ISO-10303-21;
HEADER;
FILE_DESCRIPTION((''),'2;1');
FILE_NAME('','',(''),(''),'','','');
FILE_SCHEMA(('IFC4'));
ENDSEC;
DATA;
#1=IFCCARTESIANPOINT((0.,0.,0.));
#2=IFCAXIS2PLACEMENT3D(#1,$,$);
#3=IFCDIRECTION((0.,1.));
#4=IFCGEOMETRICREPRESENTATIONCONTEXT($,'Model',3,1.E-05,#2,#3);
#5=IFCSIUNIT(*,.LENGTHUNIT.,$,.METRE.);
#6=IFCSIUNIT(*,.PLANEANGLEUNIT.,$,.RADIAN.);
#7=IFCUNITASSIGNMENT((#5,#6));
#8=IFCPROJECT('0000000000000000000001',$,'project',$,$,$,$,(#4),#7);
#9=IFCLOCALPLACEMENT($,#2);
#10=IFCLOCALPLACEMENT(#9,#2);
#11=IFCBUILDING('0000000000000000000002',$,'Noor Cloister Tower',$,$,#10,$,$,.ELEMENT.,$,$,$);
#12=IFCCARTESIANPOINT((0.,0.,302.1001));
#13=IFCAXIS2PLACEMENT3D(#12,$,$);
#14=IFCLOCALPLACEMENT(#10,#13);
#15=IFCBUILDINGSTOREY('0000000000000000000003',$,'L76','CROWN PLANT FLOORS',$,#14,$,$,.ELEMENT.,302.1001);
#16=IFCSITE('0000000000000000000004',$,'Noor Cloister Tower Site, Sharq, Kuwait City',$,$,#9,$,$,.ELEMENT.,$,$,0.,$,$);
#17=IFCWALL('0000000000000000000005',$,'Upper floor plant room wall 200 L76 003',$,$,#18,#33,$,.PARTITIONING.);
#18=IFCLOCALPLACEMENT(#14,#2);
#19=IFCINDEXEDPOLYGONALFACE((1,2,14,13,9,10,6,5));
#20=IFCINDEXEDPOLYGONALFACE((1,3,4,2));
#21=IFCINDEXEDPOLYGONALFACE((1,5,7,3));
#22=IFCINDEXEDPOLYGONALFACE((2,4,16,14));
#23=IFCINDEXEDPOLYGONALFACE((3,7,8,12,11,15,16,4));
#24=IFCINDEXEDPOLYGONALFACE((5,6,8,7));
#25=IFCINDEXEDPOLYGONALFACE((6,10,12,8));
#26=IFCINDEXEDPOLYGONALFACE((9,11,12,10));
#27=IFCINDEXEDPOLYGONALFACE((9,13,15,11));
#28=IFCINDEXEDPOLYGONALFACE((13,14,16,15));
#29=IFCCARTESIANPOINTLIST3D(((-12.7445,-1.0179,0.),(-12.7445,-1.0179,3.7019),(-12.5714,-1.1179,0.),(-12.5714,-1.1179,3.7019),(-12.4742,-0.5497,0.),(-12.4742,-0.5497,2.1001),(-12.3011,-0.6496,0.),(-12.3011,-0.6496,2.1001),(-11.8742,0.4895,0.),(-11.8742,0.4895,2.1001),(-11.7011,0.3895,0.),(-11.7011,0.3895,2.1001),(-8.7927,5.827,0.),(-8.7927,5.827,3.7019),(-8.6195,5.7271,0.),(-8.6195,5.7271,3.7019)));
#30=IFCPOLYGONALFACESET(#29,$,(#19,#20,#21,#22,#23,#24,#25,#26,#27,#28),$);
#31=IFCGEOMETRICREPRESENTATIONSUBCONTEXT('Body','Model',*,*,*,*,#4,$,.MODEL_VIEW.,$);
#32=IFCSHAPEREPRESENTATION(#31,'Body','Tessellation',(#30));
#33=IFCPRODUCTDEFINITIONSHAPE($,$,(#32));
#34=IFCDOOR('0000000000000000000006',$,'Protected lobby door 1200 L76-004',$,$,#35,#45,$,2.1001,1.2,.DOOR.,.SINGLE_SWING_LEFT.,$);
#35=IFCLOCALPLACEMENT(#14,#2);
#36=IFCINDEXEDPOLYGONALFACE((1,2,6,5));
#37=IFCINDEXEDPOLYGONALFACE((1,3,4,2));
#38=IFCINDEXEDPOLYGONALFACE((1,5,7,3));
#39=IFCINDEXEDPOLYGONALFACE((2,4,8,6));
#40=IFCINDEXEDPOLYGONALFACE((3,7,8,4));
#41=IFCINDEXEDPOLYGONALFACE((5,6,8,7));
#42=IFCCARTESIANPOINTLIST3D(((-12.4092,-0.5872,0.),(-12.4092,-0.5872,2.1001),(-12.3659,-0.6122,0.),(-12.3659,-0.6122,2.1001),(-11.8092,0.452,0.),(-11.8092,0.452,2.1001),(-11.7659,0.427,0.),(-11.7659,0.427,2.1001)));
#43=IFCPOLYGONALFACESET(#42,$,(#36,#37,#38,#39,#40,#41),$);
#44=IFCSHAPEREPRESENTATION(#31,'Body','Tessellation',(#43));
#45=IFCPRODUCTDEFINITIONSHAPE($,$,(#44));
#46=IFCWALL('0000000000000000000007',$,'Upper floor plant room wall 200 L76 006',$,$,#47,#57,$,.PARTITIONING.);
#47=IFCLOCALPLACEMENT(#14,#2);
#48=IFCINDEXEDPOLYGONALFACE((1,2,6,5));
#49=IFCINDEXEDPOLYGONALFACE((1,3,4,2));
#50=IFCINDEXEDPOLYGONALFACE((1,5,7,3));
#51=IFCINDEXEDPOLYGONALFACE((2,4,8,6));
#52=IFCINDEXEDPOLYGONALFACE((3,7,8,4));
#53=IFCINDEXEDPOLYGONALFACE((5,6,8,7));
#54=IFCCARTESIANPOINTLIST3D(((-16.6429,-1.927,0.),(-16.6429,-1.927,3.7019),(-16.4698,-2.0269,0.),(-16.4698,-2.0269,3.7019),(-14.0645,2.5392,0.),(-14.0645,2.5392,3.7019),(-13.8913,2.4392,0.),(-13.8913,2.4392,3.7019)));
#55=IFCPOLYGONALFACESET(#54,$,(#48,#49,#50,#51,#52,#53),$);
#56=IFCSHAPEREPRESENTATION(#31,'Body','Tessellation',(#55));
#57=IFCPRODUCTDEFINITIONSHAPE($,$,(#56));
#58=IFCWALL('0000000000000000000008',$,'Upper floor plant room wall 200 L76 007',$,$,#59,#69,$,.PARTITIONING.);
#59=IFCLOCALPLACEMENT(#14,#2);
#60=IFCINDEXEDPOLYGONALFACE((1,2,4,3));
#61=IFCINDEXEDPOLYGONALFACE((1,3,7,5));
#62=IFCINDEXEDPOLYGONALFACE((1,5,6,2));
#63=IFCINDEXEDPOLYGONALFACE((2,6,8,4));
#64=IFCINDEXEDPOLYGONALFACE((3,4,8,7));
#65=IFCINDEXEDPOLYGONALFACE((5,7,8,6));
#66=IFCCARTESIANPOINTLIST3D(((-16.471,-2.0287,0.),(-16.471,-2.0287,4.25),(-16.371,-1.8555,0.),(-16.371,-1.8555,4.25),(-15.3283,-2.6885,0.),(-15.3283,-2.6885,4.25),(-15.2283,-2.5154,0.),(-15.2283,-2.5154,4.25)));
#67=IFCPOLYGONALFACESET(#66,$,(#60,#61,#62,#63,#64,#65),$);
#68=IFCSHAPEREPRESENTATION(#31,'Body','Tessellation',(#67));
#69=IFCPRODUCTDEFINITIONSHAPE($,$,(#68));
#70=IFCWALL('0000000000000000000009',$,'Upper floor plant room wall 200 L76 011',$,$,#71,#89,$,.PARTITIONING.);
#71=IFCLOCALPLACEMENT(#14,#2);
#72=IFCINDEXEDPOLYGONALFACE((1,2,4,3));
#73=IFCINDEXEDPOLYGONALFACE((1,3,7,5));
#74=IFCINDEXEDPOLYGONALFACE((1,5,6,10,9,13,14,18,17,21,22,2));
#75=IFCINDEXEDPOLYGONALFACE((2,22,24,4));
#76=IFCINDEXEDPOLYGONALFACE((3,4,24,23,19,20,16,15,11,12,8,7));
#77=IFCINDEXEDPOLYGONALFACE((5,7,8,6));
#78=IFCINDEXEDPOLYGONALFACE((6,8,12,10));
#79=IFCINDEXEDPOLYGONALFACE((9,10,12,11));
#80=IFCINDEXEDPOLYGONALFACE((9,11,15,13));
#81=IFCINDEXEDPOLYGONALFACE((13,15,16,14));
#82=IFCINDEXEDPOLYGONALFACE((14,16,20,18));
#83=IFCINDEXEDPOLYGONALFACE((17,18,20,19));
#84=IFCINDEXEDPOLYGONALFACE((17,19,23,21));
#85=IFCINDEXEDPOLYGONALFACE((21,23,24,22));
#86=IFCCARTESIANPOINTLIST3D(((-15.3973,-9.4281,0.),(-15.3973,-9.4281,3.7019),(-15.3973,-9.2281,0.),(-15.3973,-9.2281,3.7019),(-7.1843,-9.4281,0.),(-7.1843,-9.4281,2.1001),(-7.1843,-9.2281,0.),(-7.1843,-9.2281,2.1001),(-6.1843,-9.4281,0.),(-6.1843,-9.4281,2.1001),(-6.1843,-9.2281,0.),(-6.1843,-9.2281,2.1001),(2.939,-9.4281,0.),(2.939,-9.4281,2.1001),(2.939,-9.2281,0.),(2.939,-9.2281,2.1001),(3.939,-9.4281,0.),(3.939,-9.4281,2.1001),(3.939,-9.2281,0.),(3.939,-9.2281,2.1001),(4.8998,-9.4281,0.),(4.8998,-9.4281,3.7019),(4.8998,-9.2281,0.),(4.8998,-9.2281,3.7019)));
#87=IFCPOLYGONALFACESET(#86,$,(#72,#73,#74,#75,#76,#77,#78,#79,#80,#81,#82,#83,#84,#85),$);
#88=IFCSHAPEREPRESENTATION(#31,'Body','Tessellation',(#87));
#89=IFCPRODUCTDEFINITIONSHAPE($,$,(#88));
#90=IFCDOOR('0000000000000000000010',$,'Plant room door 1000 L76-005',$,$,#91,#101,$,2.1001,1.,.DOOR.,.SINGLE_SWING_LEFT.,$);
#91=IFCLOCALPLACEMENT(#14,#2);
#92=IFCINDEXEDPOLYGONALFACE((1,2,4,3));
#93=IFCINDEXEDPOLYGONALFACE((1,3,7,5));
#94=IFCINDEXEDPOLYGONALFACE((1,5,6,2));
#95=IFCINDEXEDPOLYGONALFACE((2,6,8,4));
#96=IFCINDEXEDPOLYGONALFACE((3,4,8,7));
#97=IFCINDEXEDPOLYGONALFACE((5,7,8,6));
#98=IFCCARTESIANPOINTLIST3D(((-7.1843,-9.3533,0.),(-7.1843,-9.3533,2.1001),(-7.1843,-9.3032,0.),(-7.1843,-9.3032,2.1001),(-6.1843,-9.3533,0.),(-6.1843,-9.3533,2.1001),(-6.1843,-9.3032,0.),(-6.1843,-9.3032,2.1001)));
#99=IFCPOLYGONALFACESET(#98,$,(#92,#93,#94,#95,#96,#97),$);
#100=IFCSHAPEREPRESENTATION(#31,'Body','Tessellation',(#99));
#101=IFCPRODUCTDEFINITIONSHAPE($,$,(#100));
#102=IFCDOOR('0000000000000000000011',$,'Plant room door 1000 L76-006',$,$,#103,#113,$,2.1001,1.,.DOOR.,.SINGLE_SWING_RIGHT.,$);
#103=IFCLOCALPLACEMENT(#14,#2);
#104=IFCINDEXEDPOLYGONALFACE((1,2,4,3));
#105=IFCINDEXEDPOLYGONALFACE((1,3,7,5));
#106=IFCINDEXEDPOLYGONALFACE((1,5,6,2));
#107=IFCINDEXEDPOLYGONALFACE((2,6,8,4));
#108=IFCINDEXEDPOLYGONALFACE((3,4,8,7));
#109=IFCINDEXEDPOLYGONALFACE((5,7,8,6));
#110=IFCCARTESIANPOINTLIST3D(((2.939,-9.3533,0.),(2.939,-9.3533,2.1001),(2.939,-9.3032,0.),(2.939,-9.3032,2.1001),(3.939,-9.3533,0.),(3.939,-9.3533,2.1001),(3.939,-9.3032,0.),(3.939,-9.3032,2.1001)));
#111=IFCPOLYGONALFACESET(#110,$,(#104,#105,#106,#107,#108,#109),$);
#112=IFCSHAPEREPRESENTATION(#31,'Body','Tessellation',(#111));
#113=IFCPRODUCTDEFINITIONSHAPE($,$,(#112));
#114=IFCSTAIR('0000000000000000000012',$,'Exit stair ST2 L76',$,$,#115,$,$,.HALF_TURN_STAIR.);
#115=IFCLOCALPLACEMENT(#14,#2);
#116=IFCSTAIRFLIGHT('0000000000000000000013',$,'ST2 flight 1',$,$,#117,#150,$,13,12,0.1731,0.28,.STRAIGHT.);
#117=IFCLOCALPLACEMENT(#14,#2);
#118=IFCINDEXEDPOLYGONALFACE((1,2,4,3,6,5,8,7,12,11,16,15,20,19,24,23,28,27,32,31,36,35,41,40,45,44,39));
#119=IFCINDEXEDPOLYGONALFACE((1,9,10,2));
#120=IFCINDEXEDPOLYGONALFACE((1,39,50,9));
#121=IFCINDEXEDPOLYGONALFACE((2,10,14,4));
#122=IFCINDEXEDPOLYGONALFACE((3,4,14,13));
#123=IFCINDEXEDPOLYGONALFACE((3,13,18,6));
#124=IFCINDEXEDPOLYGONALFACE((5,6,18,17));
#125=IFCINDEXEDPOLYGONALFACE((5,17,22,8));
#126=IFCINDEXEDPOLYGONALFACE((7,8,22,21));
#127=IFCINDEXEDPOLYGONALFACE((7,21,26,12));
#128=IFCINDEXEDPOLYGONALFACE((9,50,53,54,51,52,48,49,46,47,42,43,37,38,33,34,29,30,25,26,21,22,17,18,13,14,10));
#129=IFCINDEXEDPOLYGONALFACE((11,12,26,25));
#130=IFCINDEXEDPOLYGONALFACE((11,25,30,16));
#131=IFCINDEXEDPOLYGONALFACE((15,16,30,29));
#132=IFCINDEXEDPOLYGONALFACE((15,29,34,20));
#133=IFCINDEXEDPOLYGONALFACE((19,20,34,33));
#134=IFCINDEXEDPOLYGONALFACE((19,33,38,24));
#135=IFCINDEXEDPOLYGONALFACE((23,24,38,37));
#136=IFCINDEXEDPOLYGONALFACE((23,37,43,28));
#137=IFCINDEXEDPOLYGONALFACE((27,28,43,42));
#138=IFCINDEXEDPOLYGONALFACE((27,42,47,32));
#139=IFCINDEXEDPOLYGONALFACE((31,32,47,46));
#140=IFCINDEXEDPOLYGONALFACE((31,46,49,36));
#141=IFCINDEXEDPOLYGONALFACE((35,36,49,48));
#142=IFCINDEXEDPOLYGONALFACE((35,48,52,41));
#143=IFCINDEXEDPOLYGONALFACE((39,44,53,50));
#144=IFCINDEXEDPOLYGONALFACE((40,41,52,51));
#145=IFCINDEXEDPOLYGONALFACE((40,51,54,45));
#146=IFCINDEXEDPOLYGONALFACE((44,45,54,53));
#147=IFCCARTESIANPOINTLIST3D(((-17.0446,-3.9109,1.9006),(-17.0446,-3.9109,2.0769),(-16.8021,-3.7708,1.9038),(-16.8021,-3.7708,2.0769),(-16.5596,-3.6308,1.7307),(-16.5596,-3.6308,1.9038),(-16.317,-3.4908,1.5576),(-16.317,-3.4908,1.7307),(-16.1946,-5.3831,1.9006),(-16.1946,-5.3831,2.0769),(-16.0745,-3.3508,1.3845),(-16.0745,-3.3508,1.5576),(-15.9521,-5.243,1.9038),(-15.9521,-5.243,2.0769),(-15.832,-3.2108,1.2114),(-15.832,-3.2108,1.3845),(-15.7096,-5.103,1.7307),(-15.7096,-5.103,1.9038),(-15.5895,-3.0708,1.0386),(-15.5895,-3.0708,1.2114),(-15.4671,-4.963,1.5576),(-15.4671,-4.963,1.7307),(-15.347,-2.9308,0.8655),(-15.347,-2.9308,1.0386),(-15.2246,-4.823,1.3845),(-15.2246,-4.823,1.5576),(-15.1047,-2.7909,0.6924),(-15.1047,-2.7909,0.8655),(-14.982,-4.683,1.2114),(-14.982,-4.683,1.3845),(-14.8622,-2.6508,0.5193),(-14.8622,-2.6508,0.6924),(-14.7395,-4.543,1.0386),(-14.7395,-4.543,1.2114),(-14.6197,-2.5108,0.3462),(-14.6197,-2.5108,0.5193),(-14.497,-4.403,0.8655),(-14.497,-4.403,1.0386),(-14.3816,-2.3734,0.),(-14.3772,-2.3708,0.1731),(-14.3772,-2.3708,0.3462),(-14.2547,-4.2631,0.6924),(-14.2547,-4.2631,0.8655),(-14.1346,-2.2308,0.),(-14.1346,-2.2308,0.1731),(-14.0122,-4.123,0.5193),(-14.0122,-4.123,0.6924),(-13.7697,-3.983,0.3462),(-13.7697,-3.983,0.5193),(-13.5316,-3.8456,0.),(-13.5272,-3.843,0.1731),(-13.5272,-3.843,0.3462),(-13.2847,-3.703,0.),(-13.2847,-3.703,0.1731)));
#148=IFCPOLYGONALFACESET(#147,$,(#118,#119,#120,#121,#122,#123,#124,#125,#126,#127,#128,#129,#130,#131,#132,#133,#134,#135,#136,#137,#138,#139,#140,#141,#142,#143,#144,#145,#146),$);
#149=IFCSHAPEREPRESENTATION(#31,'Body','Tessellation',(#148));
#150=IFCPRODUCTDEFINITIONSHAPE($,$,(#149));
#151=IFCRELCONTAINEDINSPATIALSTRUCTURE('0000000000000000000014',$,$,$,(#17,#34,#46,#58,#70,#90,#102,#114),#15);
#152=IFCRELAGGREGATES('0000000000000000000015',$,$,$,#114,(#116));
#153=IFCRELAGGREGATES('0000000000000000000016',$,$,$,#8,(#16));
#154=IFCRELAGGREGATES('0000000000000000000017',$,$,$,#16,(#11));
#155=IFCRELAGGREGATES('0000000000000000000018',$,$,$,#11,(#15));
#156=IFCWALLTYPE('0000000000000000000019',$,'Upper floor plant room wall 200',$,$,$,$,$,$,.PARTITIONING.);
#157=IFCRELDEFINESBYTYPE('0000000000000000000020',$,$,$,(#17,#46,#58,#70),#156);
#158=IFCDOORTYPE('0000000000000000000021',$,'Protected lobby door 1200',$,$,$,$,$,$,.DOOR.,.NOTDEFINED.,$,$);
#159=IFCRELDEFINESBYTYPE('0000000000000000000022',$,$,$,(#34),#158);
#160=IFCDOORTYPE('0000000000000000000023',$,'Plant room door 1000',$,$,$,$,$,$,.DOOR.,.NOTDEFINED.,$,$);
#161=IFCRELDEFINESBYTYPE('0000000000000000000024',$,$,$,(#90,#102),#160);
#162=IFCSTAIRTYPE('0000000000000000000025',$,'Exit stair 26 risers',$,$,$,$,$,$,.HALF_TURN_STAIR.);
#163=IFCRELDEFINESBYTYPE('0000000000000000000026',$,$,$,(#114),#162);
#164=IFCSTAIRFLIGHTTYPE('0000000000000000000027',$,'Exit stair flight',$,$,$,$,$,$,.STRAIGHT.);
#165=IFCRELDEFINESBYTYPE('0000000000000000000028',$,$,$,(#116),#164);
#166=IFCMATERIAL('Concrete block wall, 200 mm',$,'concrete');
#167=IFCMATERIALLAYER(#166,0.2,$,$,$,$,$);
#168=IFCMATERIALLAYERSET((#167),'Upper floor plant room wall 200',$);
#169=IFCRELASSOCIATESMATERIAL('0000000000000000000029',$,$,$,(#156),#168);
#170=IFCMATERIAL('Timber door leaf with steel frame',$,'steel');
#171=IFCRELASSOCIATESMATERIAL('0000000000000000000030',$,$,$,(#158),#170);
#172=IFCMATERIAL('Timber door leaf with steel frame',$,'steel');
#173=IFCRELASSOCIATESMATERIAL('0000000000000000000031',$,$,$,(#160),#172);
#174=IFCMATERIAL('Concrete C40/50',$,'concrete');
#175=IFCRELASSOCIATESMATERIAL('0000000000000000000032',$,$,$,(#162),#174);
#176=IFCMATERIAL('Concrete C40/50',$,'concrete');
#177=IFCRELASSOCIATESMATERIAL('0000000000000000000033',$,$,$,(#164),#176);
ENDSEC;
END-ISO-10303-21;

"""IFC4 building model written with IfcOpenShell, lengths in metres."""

from ifc_helpers import new_model, si_unit, direction, frame, frame_2d, origin, place, context, subcontext, project, spatial, polyline, rectangle, outline, extrude, material, layer, layer_set, type_object, element, fill, aggregate, save


model = new_model("IFC4")

# Units and contexts
model_context = context("Model", 3, precision=1e-05, world=origin(), true_north=direction((0.0, 1.0)))
body_context = subcontext(model_context, "Body", "Model", "MODEL_VIEW")
ifc_project = project(units=[si_unit("LENGTHUNIT", "METRE"), si_unit("PLANEANGLEUNIT", "RADIAN")], contexts=[model_context])

# Site, building, storey
site_placement = place(None, origin())
site = spatial("IfcSite", under=ifc_project, at=site_placement, Name="Noor Cloister Tower Site, Sharq, Kuwait City", CompositionType="ELEMENT", RefElevation=0.0)
building_placement = place(site_placement, origin())
building = spatial("IfcBuilding", under=site, at=building_placement, Name="Noor Cloister Tower", CompositionType="ELEMENT")
storey_placement = place(building_placement, frame((0.0, 0.0, 302.1001)))
storey = spatial("IfcBuildingStorey", under=building, at=storey_placement, Name="L76", Description="CROWN PLANT FLOORS", CompositionType="ELEMENT", Elevation=302.1001)

# Wall, opening, door
ifc_material_1 = material(Name="Concrete block wall, 200 mm", Category="concrete")
ifc_layer_1 = layer(ifc_material_1, 0.2)
ifc_layer_set_1 = layer_set([ifc_layer_1], Name="Upper floor plant room wall 200")
wall_type_1 = type_object("IfcWallType", Name="Upper floor plant room wall 200", PredefinedType="PARTITIONING", material=ifc_layer_set_1)
wall_1_placement = place(storey_placement, frame((-12.658, -1.0679, 0.0), z_axis=(0.0, 0.0, 1.0), x_axis=(0.499996, 0.866028, 0.0)))
wall_1 = element("IfcWall", 1, at=wall_1_placement, inside=storey, type_object=wall_type_1, Name="Upper floor plant room wall 200 L76 003", PredefinedType="PARTITIONING", context=body_context, shape_type="SweptSolid", body=[
    extrude(rectangle(XDim=7.9038, YDim=0.2, at=frame_2d((3.9519, 0.0))), origin(), (0.0, 0.0, 1.0), 3.7019),
])
opening_1_placement = place(wall_1_placement, frame((0.5405, 0.0, 0.0)))
opening_1 = element("IfcOpeningElement", 2, at=opening_1_placement, cuts=wall_1, PredefinedType="OPENING", context=body_context, shape_type="SweptSolid", body=[
    extrude(rectangle(XDim=1.2, YDim=2.1001, at=frame_2d((0.6001, 1.05))), frame((0.0, 0.1099, 0.0), z_axis=(0.0, -1.0, 0.0), x_axis=(1.0, 0.0, 0.0)), (0.0, 0.0, 1.0), 0.22),
])
ifc_material_2 = material(Name="Timber door leaf with steel frame", Category="steel")
door_type_1 = type_object("IfcDoorType", Name="Protected lobby door 1200", OperationType="NOTDEFINED", PredefinedType="DOOR", material=ifc_material_2)
door_1_placement = place(opening_1_placement, origin())
door_1 = element("IfcDoor", 3, at=door_1_placement, inside=storey, type_object=door_type_1, Name="Protected lobby door 1200 L76-004", OperationType="SINGLE_SWING_LEFT", OverallHeight=2.1001, OverallWidth=1.2, PredefinedType="DOOR", context=body_context, shape_type="SweptSolid", body=[
    extrude(rectangle(XDim=1.2, YDim=2.1001, at=frame_2d((0.6001, 1.05))), frame((0.0, 0.0249, 0.0), z_axis=(0.0, -1.0, 0.0), x_axis=(1.0, 0.0, 0.0)), (0.0, 0.0, 1.0), 0.05),
])
fill(opening_1, door_1)

# Walls
wall_2_placement = place(storey_placement, frame((-16.5564, -1.9771, 0.0), z_axis=(0.0, 0.0, 1.0), x_axis=(0.499983, 0.866035, 0.0)))
element("IfcWall", 4, at=wall_2_placement, inside=storey, type_object=wall_type_1, Name="Upper floor plant room wall 200 L76 006", PredefinedType="PARTITIONING", context=body_context, shape_type="SweptSolid", body=[
    extrude(rectangle(XDim=5.157, YDim=0.2, at=frame_2d((2.5786, 0.0))), origin(), (0.0, 0.0, 1.0), 3.7019),
])
wall_3_placement = place(storey_placement, frame((-16.4209, -1.9421, 0.0), z_axis=(0.0, 0.0, 1.0), x_axis=(0.865991, -0.500059, 0.0)))
element("IfcWall", 5, at=wall_3_placement, inside=storey, type_object=wall_type_1, Name="Upper floor plant room wall 200 L76 007", PredefinedType="PARTITIONING", context=body_context, shape_type="SweptSolid", body=[
    extrude(rectangle(XDim=1.3196, YDim=0.2, at=frame_2d((0.6597, 0.0))), origin(), (0.0, 0.0, 1.0), 4.25),
])

# Wall, openings, doors
wall_4_placement = place(storey_placement, frame((-15.3972, -9.3281, 0.0), z_axis=(0.0, 0.0, 1.0), x_axis=(1.0, 0.0, 0.0)))
wall_4 = element("IfcWall", 6, at=wall_4_placement, inside=storey, type_object=wall_type_1, Name="Upper floor plant room wall 200 L76 011", PredefinedType="PARTITIONING", context=body_context, shape_type="SweptSolid", body=[
    extrude(rectangle(XDim=20.2971, YDim=0.2, at=frame_2d((10.1484, 0.0))), origin(), (0.0, 0.0, 1.0), 3.7019),
])
opening_2_placement = place(wall_4_placement, frame((8.2129, 0.0, 0.0)))
opening_2 = element("IfcOpeningElement", 7, at=opening_2_placement, cuts=wall_4, PredefinedType="OPENING", context=body_context, shape_type="SweptSolid", body=[
    extrude(rectangle(XDim=1.0, YDim=2.1001, at=frame_2d((0.5, 1.05))), frame((0.0, 0.1099, 0.0), z_axis=(0.0, -1.0, 0.0), x_axis=(1.0, 0.0, 0.0)), (0.0, 0.0, 1.0), 0.22),
])
opening_3_placement = place(wall_4_placement, frame((18.3362, 0.0, 0.0)))
opening_3 = element("IfcOpeningElement", 8, at=opening_3_placement, cuts=wall_4, PredefinedType="OPENING", context=body_context, shape_type="SweptSolid", body=[
    extrude(rectangle(XDim=1.0, YDim=2.1001, at=frame_2d((0.5, 1.05))), frame((0.0, 0.1099, 0.0), z_axis=(0.0, -1.0, 0.0), x_axis=(1.0, 0.0, 0.0)), (0.0, 0.0, 1.0), 0.22),
])
ifc_material_3 = material(Name="Timber door leaf with steel frame", Category="steel")
door_type_2 = type_object("IfcDoorType", Name="Plant room door 1000", OperationType="NOTDEFINED", PredefinedType="DOOR", material=ifc_material_3)
door_2_placement = place(opening_2_placement, origin())
door_2 = element("IfcDoor", 9, at=door_2_placement, inside=storey, type_object=door_type_2, Name="Plant room door 1000 L76-005", OperationType="SINGLE_SWING_LEFT", OverallHeight=2.1001, OverallWidth=1.0, PredefinedType="DOOR", context=body_context, shape_type="SweptSolid", body=[
    extrude(rectangle(XDim=1.0, YDim=2.1001, at=frame_2d((0.5, 1.05))), frame((0.0, 0.0249, 0.0), z_axis=(0.0, -1.0, 0.0), x_axis=(1.0, 0.0, 0.0)), (0.0, 0.0, 1.0), 0.05),
])
fill(opening_2, door_2)
door_3_placement = place(opening_3_placement, origin())
door_3 = element("IfcDoor", 10, at=door_3_placement, inside=storey, type_object=door_type_2, Name="Plant room door 1000 L76-006", OperationType="SINGLE_SWING_RIGHT", OverallHeight=2.1001, OverallWidth=1.0, PredefinedType="DOOR", context=body_context, shape_type="SweptSolid", body=[
    extrude(rectangle(XDim=1.0, YDim=2.1001, at=frame_2d((0.5, 1.05))), frame((0.0, 0.0249, 0.0), z_axis=(0.0, -1.0, 0.0), x_axis=(1.0, 0.0, 0.0)), (0.0, 0.0, 1.0), 0.05),
])
fill(opening_3, door_3)

# Stair, stair flight
ifc_material_4 = material(Name="Concrete C40/50", Category="concrete")
stair_type = type_object("IfcStairType", Name="Exit stair 26 risers", PredefinedType="HALF_TURN_STAIR", material=ifc_material_4)
stair_placement = place(storey_placement, origin())
stair = element("IfcStair", 11, at=stair_placement, inside=storey, type_object=stair_type, Name="Exit stair ST2 L76", PredefinedType="HALF_TURN_STAIR")
ifc_material_5 = material(Name="Concrete C40/50", Category="concrete")
stair_flight_type = type_object("IfcStairFlightType", Name="Exit stair flight", PredefinedType="STRAIGHT", material=ifc_material_5)
stair_flight_1_placement = place(storey_placement, frame((-13.7097, -2.9668, 0.0), z_axis=(0.0, 0.0, 1.0), x_axis=(-0.866025, -0.5, 0.0)))
stair_flight_1 = element("IfcStairFlight", 12, at=stair_flight_1_placement, type_object=stair_flight_type, Name="ST2 flight 1", NumberOfRisers=13, NumberOfTreads=12, PredefinedType="STRAIGHT", RiserHeight=0.1731, TreadLength=0.28, context=body_context, shape_type="SweptSolid", body=[
    extrude(outline(polyline([(0.0, 0.0), (0.0, 0.1731), (0.28, 0.1731), (0.28, 0.3462), (0.5601, 0.3462), (0.5601, 0.5193), (0.8401, 0.5193), (0.8401, 0.6924), (1.1201, 0.6924), (1.1201, 0.8655), (1.3999, 0.8655), (1.3999, 1.0386), (1.6799, 1.0386), (1.6799, 1.2114), (1.96, 1.2114), (1.96, 1.3845), (2.24, 1.3845), (2.24, 1.5576), (2.52, 1.5576), (2.52, 1.7307), (2.8, 1.7307), (2.8, 1.9038), (3.0801, 1.9038), (3.0801, 2.0769), (3.3601, 2.0769), (3.3601, 2.25), (3.3601, 1.9006), (0.2852, 0.0), (0.0, 0.0)])), frame((0.0, 0.8501, 0.0), z_axis=(0.0, -1.0, 0.0), x_axis=(1.0, 0.0, 0.0)), (0.0, 0.0, 1.0), 1.7),
])
aggregate(stair, [stair_flight_1])

save(model, "model.ifc")
